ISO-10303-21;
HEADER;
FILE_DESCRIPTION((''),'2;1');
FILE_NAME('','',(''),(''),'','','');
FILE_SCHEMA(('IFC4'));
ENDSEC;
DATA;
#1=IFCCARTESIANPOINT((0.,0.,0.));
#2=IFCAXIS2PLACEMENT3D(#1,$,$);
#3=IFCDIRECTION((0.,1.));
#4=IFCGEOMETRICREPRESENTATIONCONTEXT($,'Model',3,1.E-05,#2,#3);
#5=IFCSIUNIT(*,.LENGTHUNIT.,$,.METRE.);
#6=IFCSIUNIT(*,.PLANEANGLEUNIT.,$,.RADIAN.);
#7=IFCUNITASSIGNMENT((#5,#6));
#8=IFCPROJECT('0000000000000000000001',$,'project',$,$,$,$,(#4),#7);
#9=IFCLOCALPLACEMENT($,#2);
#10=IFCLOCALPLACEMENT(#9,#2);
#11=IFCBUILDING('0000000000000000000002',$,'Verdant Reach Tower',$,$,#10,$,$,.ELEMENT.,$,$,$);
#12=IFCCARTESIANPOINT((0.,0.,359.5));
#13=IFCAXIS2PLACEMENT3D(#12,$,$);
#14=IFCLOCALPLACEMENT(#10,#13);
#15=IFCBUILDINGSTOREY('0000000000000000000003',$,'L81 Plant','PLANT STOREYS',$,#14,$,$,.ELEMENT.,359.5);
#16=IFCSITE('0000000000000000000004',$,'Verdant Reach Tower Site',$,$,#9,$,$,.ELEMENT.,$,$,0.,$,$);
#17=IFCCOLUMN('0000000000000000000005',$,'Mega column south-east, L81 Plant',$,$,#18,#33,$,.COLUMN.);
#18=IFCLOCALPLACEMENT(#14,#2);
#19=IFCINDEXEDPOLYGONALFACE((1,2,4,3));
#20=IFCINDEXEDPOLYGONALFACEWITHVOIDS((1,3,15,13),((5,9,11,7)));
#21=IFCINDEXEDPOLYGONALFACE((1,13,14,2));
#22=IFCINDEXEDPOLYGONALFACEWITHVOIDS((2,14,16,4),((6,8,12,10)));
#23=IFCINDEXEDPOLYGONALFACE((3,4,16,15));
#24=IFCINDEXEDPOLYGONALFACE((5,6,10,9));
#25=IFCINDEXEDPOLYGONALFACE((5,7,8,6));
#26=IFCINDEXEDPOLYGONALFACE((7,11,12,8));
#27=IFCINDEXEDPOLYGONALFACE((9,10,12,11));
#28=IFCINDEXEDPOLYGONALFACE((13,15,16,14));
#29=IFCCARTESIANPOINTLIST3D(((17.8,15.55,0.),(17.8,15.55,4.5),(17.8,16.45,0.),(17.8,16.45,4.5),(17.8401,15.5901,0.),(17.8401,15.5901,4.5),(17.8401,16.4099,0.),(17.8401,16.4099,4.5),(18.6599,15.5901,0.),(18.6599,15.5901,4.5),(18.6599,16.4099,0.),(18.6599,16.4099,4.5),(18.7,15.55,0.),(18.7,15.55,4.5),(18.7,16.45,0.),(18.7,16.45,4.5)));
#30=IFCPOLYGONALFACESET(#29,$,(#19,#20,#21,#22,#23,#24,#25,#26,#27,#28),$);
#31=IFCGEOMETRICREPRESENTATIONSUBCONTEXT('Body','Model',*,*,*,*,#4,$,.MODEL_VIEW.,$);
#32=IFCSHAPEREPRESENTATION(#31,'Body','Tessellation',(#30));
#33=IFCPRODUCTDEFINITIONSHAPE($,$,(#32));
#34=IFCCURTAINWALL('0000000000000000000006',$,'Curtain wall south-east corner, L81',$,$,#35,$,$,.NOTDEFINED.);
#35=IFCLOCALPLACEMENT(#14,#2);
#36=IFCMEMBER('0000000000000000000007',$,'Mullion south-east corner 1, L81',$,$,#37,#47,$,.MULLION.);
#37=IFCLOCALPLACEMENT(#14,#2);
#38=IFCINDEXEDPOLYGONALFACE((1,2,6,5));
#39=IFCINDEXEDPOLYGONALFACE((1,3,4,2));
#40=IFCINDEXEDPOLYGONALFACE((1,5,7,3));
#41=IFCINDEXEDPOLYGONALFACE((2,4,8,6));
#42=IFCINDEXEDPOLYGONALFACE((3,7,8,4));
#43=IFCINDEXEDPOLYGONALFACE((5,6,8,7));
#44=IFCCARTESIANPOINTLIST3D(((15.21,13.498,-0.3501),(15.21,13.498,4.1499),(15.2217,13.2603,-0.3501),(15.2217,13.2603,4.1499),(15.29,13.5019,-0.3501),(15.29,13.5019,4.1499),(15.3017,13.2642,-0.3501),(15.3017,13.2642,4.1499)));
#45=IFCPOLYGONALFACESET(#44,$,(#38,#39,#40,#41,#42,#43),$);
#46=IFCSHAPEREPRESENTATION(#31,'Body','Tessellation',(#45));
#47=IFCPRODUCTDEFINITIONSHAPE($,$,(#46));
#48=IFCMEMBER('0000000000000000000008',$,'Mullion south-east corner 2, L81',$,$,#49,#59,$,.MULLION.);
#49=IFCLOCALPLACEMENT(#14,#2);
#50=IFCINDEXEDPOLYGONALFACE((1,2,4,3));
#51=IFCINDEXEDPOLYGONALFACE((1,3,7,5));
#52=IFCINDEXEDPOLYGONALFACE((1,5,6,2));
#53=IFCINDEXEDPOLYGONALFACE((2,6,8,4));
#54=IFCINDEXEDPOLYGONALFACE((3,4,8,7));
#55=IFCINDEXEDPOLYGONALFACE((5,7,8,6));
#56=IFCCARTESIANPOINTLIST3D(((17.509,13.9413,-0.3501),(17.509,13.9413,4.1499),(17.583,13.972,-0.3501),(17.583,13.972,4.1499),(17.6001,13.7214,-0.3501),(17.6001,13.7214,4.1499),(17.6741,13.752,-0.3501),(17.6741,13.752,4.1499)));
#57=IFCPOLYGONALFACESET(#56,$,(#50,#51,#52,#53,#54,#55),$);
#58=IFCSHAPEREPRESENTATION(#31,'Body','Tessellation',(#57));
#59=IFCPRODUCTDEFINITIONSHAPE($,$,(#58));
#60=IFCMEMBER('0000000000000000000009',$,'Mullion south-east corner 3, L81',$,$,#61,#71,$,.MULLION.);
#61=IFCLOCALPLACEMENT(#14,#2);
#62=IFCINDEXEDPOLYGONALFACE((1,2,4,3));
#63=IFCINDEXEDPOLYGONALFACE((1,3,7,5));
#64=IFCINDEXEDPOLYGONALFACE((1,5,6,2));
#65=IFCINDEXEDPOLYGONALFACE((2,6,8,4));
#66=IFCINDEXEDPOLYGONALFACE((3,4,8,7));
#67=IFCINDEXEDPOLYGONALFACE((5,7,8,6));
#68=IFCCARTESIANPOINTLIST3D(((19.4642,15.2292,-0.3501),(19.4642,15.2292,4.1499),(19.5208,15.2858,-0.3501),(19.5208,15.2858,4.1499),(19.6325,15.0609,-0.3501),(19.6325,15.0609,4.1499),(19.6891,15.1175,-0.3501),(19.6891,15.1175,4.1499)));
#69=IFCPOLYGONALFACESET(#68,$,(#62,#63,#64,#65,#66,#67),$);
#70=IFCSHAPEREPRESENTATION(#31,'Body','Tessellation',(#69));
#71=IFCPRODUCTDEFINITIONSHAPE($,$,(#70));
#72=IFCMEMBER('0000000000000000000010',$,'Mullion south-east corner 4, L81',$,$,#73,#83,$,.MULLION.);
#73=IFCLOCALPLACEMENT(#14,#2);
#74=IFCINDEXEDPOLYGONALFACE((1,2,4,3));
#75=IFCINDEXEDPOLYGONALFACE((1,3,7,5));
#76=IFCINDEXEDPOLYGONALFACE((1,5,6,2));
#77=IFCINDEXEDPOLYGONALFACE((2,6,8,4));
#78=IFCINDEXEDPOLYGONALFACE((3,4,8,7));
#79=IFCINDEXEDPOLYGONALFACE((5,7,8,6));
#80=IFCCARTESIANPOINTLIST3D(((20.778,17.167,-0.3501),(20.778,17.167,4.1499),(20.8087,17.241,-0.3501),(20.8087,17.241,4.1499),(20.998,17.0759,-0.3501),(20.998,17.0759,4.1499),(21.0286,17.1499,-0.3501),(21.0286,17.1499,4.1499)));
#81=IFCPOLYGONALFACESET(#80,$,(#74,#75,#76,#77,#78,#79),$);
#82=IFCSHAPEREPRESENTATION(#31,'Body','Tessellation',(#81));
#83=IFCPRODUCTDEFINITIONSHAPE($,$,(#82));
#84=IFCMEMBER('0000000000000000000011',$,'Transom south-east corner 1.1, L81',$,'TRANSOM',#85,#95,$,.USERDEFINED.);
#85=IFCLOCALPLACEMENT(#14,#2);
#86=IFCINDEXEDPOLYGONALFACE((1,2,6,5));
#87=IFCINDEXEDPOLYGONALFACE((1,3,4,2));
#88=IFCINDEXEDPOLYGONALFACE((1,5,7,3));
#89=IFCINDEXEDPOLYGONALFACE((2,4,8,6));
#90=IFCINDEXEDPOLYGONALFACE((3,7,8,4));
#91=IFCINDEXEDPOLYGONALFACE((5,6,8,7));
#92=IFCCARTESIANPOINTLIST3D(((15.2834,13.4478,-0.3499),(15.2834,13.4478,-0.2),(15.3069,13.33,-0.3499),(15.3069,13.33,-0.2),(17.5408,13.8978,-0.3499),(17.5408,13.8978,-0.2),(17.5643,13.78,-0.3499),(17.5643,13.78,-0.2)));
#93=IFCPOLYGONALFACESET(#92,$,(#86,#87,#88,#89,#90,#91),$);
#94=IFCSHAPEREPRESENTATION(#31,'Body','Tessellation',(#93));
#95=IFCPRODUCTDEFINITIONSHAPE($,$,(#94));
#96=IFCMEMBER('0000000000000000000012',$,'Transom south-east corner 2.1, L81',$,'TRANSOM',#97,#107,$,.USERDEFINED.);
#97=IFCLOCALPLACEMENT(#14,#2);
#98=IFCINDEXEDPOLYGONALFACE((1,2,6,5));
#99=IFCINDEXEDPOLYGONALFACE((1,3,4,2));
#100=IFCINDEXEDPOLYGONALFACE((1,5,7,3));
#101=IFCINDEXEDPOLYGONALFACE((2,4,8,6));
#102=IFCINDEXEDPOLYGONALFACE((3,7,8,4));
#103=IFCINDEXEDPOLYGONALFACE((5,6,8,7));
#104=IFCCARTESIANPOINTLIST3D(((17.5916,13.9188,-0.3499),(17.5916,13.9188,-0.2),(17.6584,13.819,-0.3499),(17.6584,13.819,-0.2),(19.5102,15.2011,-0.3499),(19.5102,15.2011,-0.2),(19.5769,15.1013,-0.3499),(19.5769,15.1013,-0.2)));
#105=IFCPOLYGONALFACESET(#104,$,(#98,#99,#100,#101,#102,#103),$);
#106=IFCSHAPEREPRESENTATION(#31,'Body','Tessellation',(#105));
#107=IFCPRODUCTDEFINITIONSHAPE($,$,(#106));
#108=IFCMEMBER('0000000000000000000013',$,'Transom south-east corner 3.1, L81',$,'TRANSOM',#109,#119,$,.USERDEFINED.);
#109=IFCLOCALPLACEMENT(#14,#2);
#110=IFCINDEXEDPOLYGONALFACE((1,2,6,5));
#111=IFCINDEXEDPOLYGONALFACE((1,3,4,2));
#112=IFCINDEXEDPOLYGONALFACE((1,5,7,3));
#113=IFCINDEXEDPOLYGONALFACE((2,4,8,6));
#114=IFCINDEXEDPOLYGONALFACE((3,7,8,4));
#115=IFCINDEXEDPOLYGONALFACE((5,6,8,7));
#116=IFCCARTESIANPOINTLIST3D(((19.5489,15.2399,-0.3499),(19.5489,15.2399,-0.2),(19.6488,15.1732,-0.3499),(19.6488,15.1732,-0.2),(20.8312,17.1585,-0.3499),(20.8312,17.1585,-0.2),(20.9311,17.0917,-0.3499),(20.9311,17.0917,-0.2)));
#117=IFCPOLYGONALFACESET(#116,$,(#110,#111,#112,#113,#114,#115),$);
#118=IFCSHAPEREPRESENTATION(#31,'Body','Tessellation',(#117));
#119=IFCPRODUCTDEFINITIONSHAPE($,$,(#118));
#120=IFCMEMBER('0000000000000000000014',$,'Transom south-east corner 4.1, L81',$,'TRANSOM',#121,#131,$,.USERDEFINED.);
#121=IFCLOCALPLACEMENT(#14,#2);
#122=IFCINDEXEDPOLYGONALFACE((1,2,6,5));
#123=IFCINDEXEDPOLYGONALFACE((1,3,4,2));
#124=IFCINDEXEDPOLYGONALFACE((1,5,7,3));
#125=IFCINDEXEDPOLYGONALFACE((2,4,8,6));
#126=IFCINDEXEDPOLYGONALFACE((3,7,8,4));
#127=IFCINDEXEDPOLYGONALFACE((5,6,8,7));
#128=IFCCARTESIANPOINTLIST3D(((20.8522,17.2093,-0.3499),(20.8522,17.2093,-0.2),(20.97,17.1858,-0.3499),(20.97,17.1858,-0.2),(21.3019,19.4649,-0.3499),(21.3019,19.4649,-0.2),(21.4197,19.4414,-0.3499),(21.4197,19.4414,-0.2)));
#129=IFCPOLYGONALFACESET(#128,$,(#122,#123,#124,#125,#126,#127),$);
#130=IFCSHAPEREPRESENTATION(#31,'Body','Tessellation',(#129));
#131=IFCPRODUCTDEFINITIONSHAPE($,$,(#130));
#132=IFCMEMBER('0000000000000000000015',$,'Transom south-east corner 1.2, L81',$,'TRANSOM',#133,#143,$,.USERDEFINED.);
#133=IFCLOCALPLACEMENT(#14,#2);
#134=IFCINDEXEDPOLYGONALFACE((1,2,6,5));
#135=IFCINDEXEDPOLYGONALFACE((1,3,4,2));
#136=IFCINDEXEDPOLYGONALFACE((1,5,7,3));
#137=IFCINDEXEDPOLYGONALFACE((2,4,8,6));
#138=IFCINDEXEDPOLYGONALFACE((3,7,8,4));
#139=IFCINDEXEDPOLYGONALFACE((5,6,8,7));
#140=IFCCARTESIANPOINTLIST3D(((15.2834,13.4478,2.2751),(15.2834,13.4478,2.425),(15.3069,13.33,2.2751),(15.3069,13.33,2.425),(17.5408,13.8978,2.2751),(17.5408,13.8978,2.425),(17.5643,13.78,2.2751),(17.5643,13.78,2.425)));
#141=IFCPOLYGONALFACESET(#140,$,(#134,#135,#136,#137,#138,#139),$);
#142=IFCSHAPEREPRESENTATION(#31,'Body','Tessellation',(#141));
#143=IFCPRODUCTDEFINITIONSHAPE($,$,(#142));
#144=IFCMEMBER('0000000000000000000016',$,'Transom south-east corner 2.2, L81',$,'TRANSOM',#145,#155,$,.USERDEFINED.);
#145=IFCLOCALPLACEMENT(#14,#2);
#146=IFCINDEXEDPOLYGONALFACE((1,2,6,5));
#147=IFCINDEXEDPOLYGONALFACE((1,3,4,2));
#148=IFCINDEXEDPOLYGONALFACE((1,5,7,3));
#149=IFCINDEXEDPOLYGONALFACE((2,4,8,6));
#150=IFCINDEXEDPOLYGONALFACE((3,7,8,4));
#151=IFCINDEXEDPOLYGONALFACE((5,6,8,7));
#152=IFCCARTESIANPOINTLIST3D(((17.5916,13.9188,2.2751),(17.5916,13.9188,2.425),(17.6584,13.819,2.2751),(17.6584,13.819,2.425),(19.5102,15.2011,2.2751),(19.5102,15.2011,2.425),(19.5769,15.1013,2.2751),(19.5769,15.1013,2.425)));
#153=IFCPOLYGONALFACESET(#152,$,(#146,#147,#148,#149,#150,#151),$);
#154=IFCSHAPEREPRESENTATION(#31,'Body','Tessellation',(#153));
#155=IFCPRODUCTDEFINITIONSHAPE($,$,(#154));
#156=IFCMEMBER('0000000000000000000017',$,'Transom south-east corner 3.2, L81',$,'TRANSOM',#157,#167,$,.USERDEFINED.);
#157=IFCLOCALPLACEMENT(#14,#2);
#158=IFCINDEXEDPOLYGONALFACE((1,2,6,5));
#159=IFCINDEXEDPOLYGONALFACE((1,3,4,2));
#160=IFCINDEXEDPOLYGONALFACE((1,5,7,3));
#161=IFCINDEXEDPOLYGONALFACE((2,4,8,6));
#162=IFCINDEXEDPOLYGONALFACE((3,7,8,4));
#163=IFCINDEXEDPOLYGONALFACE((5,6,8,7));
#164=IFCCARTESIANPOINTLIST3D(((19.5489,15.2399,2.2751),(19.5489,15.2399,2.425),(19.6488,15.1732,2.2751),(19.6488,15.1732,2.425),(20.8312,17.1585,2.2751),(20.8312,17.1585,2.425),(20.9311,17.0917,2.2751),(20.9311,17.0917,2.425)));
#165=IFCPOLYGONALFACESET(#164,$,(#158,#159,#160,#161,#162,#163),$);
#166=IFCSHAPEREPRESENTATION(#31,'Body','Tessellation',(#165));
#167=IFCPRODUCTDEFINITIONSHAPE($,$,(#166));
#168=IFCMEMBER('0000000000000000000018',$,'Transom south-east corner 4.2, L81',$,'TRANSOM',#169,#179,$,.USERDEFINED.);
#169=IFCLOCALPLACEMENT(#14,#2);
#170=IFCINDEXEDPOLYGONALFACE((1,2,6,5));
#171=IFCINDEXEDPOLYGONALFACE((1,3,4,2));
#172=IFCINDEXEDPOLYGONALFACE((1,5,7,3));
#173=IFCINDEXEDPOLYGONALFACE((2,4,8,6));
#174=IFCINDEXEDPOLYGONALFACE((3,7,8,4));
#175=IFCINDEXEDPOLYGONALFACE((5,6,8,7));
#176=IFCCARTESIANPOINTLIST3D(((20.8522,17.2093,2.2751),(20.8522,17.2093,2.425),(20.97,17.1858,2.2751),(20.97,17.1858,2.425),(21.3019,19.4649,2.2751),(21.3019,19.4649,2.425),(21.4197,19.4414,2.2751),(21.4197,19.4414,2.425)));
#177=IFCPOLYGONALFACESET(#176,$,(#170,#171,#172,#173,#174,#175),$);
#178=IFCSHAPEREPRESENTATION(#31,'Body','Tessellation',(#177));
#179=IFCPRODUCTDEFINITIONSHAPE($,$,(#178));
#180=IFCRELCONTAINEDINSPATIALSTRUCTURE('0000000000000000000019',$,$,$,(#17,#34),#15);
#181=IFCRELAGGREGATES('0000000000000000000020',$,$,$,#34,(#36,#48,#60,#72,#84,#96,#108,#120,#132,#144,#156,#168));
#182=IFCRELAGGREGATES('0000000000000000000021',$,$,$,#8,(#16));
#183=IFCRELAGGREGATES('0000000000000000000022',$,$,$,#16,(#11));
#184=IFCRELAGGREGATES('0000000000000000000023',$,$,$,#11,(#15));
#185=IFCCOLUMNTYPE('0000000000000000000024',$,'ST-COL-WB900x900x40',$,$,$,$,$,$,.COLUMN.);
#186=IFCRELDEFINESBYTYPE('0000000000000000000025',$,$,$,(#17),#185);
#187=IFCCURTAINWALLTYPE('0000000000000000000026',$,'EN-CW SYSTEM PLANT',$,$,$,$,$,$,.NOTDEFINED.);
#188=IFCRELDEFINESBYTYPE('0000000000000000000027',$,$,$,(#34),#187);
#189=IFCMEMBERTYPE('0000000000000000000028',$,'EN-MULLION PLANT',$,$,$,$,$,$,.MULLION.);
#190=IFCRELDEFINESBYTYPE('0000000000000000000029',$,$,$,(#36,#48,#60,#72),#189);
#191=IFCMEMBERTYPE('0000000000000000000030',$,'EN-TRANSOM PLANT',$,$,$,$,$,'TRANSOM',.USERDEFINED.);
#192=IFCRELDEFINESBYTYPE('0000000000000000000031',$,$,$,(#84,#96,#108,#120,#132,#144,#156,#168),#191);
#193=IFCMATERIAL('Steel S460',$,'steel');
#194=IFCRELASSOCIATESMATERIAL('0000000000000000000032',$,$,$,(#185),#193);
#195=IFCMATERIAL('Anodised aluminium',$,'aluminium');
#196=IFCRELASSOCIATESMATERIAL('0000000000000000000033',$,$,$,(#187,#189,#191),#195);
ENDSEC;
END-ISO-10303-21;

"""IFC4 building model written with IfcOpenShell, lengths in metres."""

from ifc_helpers import new_model, si_unit, direction, frame, origin, origin_2d, place, context, subcontext, project, spatial, rectangle, hollow_rectangle, extrude, material, material_profile, profile_set, type_object, element, aggregate, save


model = new_model("IFC4")

# Units and contexts
model_context = context("Model", 3, precision=1e-05, world=origin(), true_north=direction((0.0, 1.0)))
body_context = subcontext(model_context, "Body", "Model", "MODEL_VIEW")
ifc_project = project(units=[si_unit("LENGTHUNIT", "METRE"), si_unit("PLANEANGLEUNIT", "RADIAN")], contexts=[model_context])

# Site, building, storey
site_placement = place(None, origin())
site = spatial("IfcSite", under=ifc_project, at=site_placement, Name="Verdant Reach Tower Site", CompositionType="ELEMENT", RefElevation=0.0)
building_placement = place(site_placement, origin())
building = spatial("IfcBuilding", under=site, at=building_placement, Name="Verdant Reach Tower", CompositionType="ELEMENT")
storey_placement = place(building_placement, frame((0.0, 0.0, 359.5)))
storey = spatial("IfcBuildingStorey", under=building, at=storey_placement, Name="L81 Plant", Description="PLANT STOREYS", CompositionType="ELEMENT", Elevation=359.5)

# Column
ifc_material_1 = material(Name="Steel S460", Category="steel")
ifc_material_profile_1 = material_profile(ifc_material_1, hollow_rectangle(XDim=0.8999, YDim=0.8999, WallThickness=0.04, at=origin_2d()), Name="WB 900x900x40")
ifc_profile_set_1 = profile_set([ifc_material_profile_1], Name="Steel S460")
column_type = type_object("IfcColumnType", Name="ST-COL-WB900x900x40", PredefinedType="COLUMN", material=ifc_profile_set_1)
column_placement = place(storey_placement, frame((18.25, 16.0, 0.0), z_axis=(0.0, 0.0, 1.0), x_axis=(1.0, 0.0, 0.0)))
element("IfcColumn", 1, at=column_placement, inside=storey, type_object=column_type, Name="Mega column south-east, L81 Plant", PredefinedType="COLUMN", context=body_context, shape_type="SweptSolid", body=[
    extrude(hollow_rectangle(XDim=0.8999, YDim=0.8999, WallThickness=0.04, at=origin_2d()), origin(), (0.0, 0.0, 1.0), 4.5),
])

# Curtain wall, members
ifc_material_2 = material(Name="Anodised aluminium", Category="aluminium")
curtain_wall_type = type_object("IfcCurtainWallType", Name="EN-CW SYSTEM PLANT", PredefinedType="NOTDEFINED", material=ifc_material_2)
curtain_wall_1_placement = place(storey_placement, origin())
curtain_wall_1 = element("IfcCurtainWall", 2, at=curtain_wall_1_placement, inside=storey, type_object=curtain_wall_type, Name="Curtain wall south-east corner, L81", PredefinedType="NOTDEFINED")
ifc_material_profile_2 = material_profile(ifc_material_2, rectangle(XDim=0.238, YDim=0.0801, at=origin_2d()), Name="Mullion 80x240")
ifc_profile_set_2 = profile_set([ifc_material_profile_2], Name="Anodised aluminium")
member_type_1 = type_object("IfcMemberType", Name="EN-MULLION PLANT", PredefinedType="MULLION", material=ifc_profile_set_2)
member_1_placement = place(storey_placement, frame((15.2559, 13.3811, -0.3501), z_axis=(0.0, 0.0, 1.0), x_axis=(0.049128, -0.998793, 0.0)))
member_1 = element("IfcMember", 3, at=member_1_placement, type_object=member_type_1, Name="Mullion south-east corner 1, L81", PredefinedType="MULLION", context=body_context, shape_type="SweptSolid", body=[
    extrude(rectangle(XDim=0.238, YDim=0.0801, at=origin_2d()), origin(), (0.0, 0.0, 1.0), 4.5),
])
member_2_placement = place(storey_placement, frame((17.5916, 13.8467, -0.3501), z_axis=(0.0, 0.0, 1.0), x_axis=(0.382694, -0.923875, 0.0)))
member_2 = element("IfcMember", 4, at=member_2_placement, type_object=member_type_1, Name="Mullion south-east corner 2, L81", PredefinedType="MULLION", context=body_context, shape_type="SweptSolid", body=[
    extrude(rectangle(XDim=0.238, YDim=0.0801, at=origin_2d()), origin(), (0.0, 0.0, 1.0), 4.5),
])
member_3_placement = place(storey_placement, frame((19.5767, 15.1733, -0.3501), z_axis=(0.0, 0.0, 1.0), x_axis=(0.707107, -0.707107, 0.0)))
member_3 = element("IfcMember", 5, at=member_3_placement, type_object=member_type_1, Name="Mullion south-east corner 3, L81", PredefinedType="MULLION", context=body_context, shape_type="SweptSolid", body=[
    extrude(rectangle(XDim=0.238, YDim=0.0801, at=origin_2d()), origin(), (0.0, 0.0, 1.0), 4.5),
])
member_4_placement = place(storey_placement, frame((20.9033, 17.1584, -0.3501), z_axis=(0.0, 0.0, 1.0), x_axis=(0.923875, -0.382694, 0.0)))
member_4 = element("IfcMember", 6, at=member_4_placement, type_object=member_type_1, Name="Mullion south-east corner 4, L81", PredefinedType="MULLION", context=body_context, shape_type="SweptSolid", body=[
    extrude(rectangle(XDim=0.238, YDim=0.0801, at=origin_2d()), origin(), (0.0, 0.0, 1.0), 4.5),
])
ifc_material_profile_3 = material_profile(ifc_material_2, rectangle(XDim=0.1201, YDim=0.1499, at=origin_2d()), Name="Transom 150x120")
ifc_profile_set_3 = profile_set([ifc_material_profile_3], Name="Anodised aluminium")
member_type_2 = type_object("IfcMemberType", Name="EN-TRANSOM PLANT", ElementType="TRANSOM", PredefinedType="USERDEFINED", material=ifc_profile_set_3)
member_5_placement = place(storey_placement, frame((15.2952, 13.3889, -0.2749), z_axis=(0.980707, 0.195484, 0.0), x_axis=(-0.195484, 0.980707, 0.0)))
member_5 = element("IfcMember", 7, at=member_5_placement, type_object=member_type_2, Name="Transom south-east corner 1.1, L81", ObjectType="TRANSOM", PredefinedType="USERDEFINED", context=body_context, shape_type="SweptSolid", body=[
    extrude(rectangle(XDim=0.1201, YDim=0.1499, at=origin_2d()), origin(), (0.0, 0.0, 1.0), 2.3018),
])
member_6_placement = place(storey_placement, frame((17.625, 13.8689, -0.2749), z_axis=(0.831399, 0.555676, 0.0), x_axis=(-0.555676, 0.831399, 0.0)))
member_6 = element("IfcMember", 8, at=member_6_placement, type_object=member_type_2, Name="Transom south-east corner 2.1, L81", ObjectType="TRANSOM", PredefinedType="USERDEFINED", context=body_context, shape_type="SweptSolid", body=[
    extrude(rectangle(XDim=0.1201, YDim=0.1499, at=origin_2d()), origin(), (0.0, 0.0, 1.0), 2.3076),
])
member_7_placement = place(storey_placement, frame((19.5989, 15.2065, -0.2749), z_axis=(0.555676, 0.831399, 0.0), x_axis=(-0.831399, 0.555676, 0.0)))
member_7 = element("IfcMember", 9, at=member_7_placement, type_object=member_type_2, Name="Transom south-east corner 3.1, L81", ObjectType="TRANSOM", PredefinedType="USERDEFINED", context=body_context, shape_type="SweptSolid", body=[
    extrude(rectangle(XDim=0.1201, YDim=0.1499, at=origin_2d()), origin(), (0.0, 0.0, 1.0), 2.3076),
])
member_8_placement = place(storey_placement, frame((20.9111, 17.1975, -0.2749), z_axis=(0.195524, 0.980699, 0.0), x_axis=(-0.980699, 0.195524, 0.0)))
member_8 = element("IfcMember", 10, at=member_8_placement, type_object=member_type_2, Name="Transom south-east corner 4.1, L81", ObjectType="TRANSOM", PredefinedType="USERDEFINED", context=body_context, shape_type="SweptSolid", body=[
    extrude(rectangle(XDim=0.1201, YDim=0.1499, at=origin_2d()), origin(), (0.0, 0.0, 1.0), 2.3),
])
member_9_placement = place(storey_placement, frame((15.2952, 13.3889, 2.3501), z_axis=(0.980707, 0.195484, 0.0), x_axis=(-0.195484, 0.980707, 0.0)))
member_9 = element("IfcMember", 11, at=member_9_placement, type_object=member_type_2, Name="Transom south-east corner 1.2, L81", ObjectType="TRANSOM", PredefinedType="USERDEFINED", context=body_context, shape_type="SweptSolid", body=[
    extrude(rectangle(XDim=0.1201, YDim=0.1499, at=origin_2d()), origin(), (0.0, 0.0, 1.0), 2.3018),
])
member_10_placement = place(storey_placement, frame((17.625, 13.8689, 2.3501), z_axis=(0.831399, 0.555676, 0.0), x_axis=(-0.555676, 0.831399, 0.0)))
member_10 = element("IfcMember", 12, at=member_10_placement, type_object=member_type_2, Name="Transom south-east corner 2.2, L81", ObjectType="TRANSOM", PredefinedType="USERDEFINED", context=body_context, shape_type="SweptSolid", body=[
    extrude(rectangle(XDim=0.1201, YDim=0.1499, at=origin_2d()), origin(), (0.0, 0.0, 1.0), 2.3076),
])
member_11_placement = place(storey_placement, frame((19.5989, 15.2065, 2.3501), z_axis=(0.555676, 0.831399, 0.0), x_axis=(-0.831399, 0.555676, 0.0)))
member_11 = element("IfcMember", 13, at=member_11_placement, type_object=member_type_2, Name="Transom south-east corner 3.2, L81", ObjectType="TRANSOM", PredefinedType="USERDEFINED", context=body_context, shape_type="SweptSolid", body=[
    extrude(rectangle(XDim=0.1201, YDim=0.1499, at=origin_2d()), origin(), (0.0, 0.0, 1.0), 2.3076),
])
member_12_placement = place(storey_placement, frame((20.9111, 17.1975, 2.3501), z_axis=(0.195524, 0.980699, 0.0), x_axis=(-0.980699, 0.195524, 0.0)))
member_12 = element("IfcMember", 14, at=member_12_placement, type_object=member_type_2, Name="Transom south-east corner 4.2, L81", ObjectType="TRANSOM", PredefinedType="USERDEFINED", context=body_context, shape_type="SweptSolid", body=[
    extrude(rectangle(XDim=0.1201, YDim=0.1499, at=origin_2d()), origin(), (0.0, 0.0, 1.0), 2.3),
])

aggregate(curtain_wall_1, [member_1, member_2, member_3, member_4, member_5, member_6, member_7, member_8, member_9, member_10, member_11, member_12])

save(model, "model.ifc")
